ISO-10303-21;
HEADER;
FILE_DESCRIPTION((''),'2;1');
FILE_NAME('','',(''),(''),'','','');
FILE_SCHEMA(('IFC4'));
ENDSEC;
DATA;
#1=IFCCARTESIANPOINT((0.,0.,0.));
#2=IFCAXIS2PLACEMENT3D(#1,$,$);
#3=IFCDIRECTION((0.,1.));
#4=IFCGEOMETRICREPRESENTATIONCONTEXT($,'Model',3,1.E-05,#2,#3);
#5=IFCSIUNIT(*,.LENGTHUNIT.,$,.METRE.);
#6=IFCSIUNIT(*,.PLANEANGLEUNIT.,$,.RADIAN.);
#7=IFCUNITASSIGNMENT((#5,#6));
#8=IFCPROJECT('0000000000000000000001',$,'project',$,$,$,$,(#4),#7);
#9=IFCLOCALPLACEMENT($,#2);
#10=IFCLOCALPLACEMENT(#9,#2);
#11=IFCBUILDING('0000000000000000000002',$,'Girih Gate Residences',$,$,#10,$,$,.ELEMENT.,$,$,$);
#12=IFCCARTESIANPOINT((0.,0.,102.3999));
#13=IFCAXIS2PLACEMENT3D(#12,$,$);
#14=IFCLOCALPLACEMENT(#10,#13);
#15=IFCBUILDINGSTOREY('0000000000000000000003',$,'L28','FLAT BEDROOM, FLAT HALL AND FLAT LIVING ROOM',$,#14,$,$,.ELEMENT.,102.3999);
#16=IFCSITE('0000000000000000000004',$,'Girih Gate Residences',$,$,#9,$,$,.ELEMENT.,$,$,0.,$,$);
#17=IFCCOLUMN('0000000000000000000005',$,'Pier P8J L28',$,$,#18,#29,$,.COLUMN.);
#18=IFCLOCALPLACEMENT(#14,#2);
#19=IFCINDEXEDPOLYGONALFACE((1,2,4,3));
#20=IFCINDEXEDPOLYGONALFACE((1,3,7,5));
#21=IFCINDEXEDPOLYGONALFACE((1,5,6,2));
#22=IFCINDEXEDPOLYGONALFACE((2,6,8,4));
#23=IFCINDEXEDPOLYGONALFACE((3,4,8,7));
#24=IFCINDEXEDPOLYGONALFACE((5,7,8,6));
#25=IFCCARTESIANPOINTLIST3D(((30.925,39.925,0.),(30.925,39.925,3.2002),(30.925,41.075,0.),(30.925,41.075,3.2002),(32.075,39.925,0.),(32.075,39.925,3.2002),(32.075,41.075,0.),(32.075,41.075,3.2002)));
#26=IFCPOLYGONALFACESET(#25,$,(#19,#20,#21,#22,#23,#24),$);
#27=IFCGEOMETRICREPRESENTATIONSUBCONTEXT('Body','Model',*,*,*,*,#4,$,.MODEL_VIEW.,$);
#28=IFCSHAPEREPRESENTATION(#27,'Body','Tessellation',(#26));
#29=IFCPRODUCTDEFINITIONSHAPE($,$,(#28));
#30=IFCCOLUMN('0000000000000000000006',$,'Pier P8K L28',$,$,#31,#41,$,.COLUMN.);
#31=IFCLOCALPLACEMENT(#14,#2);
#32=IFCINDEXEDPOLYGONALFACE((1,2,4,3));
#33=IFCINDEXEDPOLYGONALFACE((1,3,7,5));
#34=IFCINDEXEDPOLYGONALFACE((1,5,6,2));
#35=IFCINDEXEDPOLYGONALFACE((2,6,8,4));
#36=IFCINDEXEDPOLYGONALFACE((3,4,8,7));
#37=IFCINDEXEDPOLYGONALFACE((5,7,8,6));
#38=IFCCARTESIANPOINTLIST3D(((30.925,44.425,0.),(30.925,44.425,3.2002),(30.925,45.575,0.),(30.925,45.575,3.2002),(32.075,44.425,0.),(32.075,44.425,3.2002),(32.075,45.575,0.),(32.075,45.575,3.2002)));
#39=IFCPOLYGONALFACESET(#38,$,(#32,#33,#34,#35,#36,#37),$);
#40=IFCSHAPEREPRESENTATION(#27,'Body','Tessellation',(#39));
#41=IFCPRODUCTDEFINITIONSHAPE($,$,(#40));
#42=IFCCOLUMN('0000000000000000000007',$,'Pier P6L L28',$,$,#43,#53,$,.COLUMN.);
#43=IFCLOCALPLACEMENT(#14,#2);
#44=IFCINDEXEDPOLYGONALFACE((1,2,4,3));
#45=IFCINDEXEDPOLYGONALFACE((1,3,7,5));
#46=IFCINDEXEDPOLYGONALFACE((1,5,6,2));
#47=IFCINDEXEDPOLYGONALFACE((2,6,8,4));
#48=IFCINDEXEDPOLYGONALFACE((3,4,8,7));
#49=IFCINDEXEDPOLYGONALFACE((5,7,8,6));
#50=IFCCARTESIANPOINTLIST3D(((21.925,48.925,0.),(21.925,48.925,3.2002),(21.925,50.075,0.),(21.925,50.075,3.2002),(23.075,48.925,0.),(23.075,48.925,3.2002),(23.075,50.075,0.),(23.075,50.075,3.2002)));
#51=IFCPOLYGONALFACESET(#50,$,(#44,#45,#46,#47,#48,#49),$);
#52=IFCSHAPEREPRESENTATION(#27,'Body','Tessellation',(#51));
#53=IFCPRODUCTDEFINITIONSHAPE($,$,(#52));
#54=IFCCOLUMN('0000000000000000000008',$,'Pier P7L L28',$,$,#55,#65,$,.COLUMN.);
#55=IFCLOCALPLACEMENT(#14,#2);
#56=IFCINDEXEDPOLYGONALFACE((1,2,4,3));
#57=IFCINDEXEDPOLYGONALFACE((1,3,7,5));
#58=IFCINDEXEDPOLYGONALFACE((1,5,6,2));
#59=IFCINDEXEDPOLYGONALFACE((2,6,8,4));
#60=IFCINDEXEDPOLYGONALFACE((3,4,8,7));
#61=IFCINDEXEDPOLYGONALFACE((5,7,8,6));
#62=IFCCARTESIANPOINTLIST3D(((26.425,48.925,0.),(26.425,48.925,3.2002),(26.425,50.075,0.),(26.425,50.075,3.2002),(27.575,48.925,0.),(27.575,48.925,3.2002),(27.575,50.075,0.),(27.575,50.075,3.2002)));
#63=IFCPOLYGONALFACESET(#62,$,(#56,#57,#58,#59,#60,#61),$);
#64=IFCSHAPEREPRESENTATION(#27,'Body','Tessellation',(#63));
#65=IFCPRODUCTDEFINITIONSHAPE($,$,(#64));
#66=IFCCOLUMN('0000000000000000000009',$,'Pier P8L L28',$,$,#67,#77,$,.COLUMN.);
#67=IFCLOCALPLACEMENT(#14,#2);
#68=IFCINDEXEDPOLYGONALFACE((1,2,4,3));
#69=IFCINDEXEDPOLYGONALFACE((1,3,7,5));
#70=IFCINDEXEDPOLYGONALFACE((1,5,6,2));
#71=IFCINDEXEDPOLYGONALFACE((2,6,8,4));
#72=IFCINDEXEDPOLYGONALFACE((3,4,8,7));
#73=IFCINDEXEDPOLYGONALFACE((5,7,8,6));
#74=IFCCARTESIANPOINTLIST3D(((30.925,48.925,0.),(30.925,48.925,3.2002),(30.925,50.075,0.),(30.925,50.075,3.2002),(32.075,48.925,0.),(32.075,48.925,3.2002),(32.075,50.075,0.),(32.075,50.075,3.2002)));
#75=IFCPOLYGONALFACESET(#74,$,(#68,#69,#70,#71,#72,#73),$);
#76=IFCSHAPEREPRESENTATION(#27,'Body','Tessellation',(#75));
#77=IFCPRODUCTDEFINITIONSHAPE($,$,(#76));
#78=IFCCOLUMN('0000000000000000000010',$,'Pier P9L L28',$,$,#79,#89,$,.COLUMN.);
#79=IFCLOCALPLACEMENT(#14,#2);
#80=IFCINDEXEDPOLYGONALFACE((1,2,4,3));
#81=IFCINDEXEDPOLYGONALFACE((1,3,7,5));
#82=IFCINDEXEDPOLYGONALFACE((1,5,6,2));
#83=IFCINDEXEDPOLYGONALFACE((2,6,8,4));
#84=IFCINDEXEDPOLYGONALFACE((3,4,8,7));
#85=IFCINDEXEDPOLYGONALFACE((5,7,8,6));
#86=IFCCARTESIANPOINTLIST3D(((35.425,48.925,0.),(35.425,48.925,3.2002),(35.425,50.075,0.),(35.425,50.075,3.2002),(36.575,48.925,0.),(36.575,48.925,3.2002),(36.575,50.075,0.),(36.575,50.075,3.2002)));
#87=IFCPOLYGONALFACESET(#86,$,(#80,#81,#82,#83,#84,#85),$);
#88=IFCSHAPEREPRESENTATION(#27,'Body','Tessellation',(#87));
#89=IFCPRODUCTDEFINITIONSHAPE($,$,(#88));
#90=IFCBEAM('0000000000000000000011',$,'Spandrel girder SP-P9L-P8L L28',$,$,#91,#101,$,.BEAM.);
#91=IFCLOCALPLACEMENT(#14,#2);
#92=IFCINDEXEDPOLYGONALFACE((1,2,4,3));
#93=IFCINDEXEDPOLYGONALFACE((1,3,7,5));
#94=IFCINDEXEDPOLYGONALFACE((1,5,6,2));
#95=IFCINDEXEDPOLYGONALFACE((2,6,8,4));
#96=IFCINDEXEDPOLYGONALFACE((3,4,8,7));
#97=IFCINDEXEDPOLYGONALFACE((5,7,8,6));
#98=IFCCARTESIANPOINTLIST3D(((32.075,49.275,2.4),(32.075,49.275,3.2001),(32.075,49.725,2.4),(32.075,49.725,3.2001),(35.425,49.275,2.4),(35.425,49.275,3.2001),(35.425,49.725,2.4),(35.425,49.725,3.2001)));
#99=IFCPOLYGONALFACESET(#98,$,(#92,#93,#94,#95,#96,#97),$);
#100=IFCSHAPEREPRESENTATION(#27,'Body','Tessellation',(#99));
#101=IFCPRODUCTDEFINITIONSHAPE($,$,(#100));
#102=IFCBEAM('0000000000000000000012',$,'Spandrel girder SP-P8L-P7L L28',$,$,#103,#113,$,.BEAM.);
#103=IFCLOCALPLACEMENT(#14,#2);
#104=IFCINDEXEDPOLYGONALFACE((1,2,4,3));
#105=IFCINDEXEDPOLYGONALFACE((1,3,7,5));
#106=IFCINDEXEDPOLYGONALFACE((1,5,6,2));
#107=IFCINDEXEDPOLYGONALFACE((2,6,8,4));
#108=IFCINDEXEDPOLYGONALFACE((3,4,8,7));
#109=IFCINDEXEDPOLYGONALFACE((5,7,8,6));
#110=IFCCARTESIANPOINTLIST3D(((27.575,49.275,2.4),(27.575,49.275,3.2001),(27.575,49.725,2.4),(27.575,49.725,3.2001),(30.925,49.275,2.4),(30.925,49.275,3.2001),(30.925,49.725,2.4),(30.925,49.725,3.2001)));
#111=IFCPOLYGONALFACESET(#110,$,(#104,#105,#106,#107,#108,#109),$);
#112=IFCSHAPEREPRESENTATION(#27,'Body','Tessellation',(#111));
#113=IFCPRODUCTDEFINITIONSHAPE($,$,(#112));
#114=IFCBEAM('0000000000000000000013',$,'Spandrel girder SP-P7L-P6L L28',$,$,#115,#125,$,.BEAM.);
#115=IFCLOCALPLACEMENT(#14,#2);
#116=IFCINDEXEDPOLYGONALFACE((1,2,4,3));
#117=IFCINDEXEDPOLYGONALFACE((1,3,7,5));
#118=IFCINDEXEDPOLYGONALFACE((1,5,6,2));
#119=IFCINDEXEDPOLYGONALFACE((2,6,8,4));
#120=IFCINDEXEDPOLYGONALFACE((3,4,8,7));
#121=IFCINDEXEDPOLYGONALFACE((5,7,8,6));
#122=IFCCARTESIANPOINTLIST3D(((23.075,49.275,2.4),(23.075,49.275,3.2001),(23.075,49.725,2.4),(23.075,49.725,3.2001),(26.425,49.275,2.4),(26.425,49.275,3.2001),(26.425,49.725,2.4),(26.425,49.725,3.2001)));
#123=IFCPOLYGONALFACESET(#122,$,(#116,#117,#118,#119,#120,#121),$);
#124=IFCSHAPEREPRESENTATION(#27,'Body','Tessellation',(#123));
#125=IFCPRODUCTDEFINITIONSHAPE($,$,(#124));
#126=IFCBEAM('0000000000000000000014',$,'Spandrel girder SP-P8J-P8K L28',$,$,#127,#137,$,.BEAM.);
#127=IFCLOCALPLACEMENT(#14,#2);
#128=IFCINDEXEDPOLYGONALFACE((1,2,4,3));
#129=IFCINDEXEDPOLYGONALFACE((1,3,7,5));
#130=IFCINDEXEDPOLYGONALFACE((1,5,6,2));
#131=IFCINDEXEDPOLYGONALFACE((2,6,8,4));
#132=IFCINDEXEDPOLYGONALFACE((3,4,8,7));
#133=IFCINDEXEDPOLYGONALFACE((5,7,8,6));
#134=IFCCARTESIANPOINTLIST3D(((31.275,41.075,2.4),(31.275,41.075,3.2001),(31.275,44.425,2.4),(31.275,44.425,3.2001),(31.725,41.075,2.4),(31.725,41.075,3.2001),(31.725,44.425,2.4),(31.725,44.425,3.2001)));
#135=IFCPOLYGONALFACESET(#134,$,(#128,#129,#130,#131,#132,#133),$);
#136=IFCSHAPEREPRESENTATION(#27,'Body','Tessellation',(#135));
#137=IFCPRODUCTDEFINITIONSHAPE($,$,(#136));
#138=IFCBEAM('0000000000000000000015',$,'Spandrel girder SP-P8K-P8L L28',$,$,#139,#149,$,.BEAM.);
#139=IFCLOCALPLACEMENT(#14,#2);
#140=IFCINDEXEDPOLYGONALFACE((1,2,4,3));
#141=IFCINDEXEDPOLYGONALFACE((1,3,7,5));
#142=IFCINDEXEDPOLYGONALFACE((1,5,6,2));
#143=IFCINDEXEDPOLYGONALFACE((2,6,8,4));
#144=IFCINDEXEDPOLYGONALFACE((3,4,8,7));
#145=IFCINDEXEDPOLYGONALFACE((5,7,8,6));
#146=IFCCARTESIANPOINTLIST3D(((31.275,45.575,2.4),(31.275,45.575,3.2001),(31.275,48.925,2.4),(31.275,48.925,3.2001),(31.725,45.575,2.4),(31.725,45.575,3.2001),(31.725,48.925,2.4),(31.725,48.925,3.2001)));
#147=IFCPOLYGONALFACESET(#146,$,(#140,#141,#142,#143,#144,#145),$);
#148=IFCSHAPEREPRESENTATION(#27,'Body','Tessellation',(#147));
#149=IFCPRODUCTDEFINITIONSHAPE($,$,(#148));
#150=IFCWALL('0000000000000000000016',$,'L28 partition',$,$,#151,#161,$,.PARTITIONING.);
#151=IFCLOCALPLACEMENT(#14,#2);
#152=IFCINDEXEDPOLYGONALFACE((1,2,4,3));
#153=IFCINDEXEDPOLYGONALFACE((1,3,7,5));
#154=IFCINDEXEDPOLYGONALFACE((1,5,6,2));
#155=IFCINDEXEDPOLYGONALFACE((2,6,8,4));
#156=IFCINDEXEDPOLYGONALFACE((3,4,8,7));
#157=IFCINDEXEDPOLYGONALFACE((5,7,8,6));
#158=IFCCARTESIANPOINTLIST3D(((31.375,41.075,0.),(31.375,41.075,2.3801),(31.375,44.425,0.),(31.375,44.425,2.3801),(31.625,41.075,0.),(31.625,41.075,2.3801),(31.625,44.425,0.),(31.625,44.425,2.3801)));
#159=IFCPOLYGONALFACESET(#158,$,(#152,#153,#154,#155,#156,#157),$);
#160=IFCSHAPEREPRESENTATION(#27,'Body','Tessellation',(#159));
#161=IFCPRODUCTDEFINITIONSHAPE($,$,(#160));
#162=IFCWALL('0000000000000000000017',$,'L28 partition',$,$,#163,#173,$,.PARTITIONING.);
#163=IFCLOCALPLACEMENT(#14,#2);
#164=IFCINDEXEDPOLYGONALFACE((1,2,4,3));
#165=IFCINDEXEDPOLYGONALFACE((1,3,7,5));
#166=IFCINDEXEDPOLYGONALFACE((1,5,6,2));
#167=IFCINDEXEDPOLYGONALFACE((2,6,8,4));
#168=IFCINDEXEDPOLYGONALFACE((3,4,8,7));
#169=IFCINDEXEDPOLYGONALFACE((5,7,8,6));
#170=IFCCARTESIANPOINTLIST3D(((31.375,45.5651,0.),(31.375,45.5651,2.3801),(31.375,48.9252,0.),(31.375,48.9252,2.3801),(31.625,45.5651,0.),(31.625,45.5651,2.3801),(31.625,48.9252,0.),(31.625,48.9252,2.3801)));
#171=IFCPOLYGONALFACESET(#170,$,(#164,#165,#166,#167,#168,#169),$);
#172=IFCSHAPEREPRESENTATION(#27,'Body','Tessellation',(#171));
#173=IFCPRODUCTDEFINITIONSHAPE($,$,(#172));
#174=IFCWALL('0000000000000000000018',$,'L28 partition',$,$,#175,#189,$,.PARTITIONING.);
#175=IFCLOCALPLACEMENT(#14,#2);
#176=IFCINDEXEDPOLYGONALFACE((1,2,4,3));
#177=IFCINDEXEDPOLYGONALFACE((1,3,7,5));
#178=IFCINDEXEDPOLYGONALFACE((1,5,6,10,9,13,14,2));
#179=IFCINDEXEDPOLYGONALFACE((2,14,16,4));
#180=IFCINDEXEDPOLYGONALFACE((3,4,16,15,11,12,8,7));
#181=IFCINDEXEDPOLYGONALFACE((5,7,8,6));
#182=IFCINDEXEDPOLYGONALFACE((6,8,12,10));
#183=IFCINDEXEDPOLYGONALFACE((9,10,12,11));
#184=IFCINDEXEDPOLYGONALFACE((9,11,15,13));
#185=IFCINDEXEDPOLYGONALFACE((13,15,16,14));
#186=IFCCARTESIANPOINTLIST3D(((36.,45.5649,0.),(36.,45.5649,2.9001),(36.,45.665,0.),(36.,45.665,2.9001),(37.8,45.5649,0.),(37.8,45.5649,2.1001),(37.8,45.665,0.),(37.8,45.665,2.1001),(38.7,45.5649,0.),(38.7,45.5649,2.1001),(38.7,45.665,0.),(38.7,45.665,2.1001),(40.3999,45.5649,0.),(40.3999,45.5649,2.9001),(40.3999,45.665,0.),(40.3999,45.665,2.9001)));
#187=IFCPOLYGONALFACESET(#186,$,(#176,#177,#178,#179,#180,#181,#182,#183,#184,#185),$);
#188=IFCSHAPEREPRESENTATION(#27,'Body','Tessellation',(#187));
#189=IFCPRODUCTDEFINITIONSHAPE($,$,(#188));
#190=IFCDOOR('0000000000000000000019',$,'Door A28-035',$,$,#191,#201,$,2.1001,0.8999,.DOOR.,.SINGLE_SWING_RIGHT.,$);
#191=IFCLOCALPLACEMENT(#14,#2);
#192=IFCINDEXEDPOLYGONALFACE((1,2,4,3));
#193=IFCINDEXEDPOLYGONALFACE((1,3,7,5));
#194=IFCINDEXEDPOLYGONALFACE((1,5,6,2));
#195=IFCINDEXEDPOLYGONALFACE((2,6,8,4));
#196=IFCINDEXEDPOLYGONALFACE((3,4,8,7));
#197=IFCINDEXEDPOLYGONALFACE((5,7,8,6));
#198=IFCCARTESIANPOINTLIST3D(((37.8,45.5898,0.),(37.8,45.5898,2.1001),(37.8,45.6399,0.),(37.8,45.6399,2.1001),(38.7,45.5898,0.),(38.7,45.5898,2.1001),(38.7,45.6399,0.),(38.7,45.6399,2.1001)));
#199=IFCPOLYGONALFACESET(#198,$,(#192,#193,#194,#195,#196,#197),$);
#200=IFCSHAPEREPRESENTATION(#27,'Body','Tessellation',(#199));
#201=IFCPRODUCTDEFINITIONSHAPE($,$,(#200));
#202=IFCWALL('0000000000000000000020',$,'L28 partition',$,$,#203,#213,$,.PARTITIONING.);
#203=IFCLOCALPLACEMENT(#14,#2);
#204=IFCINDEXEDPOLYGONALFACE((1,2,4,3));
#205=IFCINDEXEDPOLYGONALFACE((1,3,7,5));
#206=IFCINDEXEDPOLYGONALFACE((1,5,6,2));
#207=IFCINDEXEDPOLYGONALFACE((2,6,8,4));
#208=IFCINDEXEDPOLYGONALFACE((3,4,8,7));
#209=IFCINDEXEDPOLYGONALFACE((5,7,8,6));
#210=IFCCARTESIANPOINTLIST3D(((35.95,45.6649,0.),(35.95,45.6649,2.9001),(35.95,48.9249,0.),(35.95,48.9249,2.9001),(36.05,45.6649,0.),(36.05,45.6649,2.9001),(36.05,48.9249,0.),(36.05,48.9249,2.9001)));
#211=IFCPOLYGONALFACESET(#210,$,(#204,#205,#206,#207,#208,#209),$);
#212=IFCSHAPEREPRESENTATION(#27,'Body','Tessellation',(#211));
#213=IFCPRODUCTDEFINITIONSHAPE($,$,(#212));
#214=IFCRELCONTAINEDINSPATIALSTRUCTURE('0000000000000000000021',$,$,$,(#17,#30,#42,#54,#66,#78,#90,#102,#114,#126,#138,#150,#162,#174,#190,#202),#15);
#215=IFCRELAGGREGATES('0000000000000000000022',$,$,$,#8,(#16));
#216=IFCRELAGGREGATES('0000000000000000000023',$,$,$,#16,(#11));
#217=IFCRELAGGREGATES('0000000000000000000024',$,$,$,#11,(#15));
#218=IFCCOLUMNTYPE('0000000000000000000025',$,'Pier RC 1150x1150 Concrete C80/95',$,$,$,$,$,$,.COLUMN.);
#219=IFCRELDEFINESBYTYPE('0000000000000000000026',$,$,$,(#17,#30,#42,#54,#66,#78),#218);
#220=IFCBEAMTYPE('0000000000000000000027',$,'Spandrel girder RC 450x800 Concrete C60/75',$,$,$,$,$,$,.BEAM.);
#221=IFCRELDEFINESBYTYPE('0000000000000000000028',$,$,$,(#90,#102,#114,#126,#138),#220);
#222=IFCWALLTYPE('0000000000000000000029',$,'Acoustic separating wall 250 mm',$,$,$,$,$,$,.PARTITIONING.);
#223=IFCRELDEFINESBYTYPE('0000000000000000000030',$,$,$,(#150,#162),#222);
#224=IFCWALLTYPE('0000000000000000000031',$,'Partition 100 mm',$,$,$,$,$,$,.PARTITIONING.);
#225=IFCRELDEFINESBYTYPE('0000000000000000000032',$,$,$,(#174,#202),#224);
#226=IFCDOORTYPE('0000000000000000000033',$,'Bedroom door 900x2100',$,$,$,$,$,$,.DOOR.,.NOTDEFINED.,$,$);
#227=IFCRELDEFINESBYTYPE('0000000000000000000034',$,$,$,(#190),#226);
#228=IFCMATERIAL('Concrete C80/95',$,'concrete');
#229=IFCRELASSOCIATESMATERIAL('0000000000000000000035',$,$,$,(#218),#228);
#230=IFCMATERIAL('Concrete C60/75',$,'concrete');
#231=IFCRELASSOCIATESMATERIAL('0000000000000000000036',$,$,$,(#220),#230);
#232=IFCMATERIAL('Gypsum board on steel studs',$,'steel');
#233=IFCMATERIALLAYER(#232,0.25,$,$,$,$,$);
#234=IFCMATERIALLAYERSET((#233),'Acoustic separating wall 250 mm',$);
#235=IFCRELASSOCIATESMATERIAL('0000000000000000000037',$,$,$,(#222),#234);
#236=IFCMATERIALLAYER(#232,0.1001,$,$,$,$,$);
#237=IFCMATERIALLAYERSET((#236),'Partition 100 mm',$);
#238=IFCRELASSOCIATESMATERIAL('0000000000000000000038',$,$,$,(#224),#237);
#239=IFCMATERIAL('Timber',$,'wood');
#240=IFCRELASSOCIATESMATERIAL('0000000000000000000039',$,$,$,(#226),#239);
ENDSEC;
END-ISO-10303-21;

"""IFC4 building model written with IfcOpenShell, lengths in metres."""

from ifc_helpers import new_model, si_unit, direction, frame, frame_2d, origin, origin_2d, place, context, subcontext, project, spatial, rectangle, extrude, material, layer, layer_set, material_profile, profile_set, type_object, element, fill, save


model = new_model("IFC4")

# Units and contexts
model_context = context("Model", 3, precision=1e-05, world=origin(), true_north=direction((0.0, 1.0)))
body_context = subcontext(model_context, "Body", "Model", "MODEL_VIEW")
ifc_project = project(units=[si_unit("LENGTHUNIT", "METRE"), si_unit("PLANEANGLEUNIT", "RADIAN")], contexts=[model_context])

# Site, building, storey
site_placement = place(None, origin())
site = spatial("IfcSite", under=ifc_project, at=site_placement, Name="Girih Gate Residences", CompositionType="ELEMENT", RefElevation=0.0)
building_placement = place(site_placement, origin())
building = spatial("IfcBuilding", under=site, at=building_placement, Name="Girih Gate Residences", CompositionType="ELEMENT")
storey_placement = place(building_placement, frame((0.0, 0.0, 102.3999)))
storey = spatial("IfcBuildingStorey", under=building, at=storey_placement, Name="L28", Description="FLAT BEDROOM, FLAT HALL AND FLAT LIVING ROOM", CompositionType="ELEMENT", Elevation=102.3999)

# Columns
ifc_material_1 = material(Name="Concrete C80/95", Category="concrete")
ifc_material_profile_1 = material_profile(ifc_material_1, rectangle(XDim=1.1499, YDim=1.1499, at=origin_2d()))
ifc_profile_set_1 = profile_set([ifc_material_profile_1], Name="Concrete C80/95")
column_type = type_object("IfcColumnType", Name="Pier RC 1150x1150 Concrete C80/95", PredefinedType="COLUMN", material=ifc_profile_set_1)
for number, where, z_axis, x_axis, name in (
    (1, (31.5, 40.5, 0.0), (0.0, 0.0, 1.0), (1.0, 0.0, 0.0), "Pier P8J L28"),
    (2, (31.5, 45.0, 0.0), (0.0, 0.0, 1.0), (1.0, 0.0, 0.0), "Pier P8K L28"),
    (3, (22.5, 49.5, 0.0), (0.0, 0.0, 1.0), (1.0, 0.0, 0.0), "Pier P6L L28"),
    (4, (27.0, 49.5, 0.0), (0.0, 0.0, 1.0), (1.0, 0.0, 0.0), "Pier P7L L28"),
    (5, (31.5, 49.5, 0.0), (0.0, 0.0, 1.0), (1.0, 0.0, 0.0), "Pier P8L L28"),
    (6, (36.0, 49.5, 0.0), (0.0, 0.0, 1.0), (1.0, 0.0, 0.0), "Pier P9L L28"),
):
    element("IfcColumn", number, at=place(storey_placement, frame(where, z_axis=z_axis, x_axis=x_axis)), inside=storey, type_object=column_type, Name=name, PredefinedType="COLUMN", context=body_context, shape_type="SweptSolid", body=[
        extrude(rectangle(XDim=1.1499, YDim=1.1499, at=origin_2d()), origin(), (0.0, 0.0, 1.0), 3.2002),
    ])

# Beams
ifc_material_2 = material(Name="Concrete C60/75", Category="concrete")
ifc_material_profile_2 = material_profile(ifc_material_2, rectangle(XDim=0.45, YDim=0.8, at=origin_2d()))
ifc_profile_set_2 = profile_set([ifc_material_profile_2], Name="Concrete C60/75")
beam_type = type_object("IfcBeamType", Name="Spandrel girder RC 450x800 Concrete C60/75", PredefinedType="BEAM", material=ifc_profile_set_2)
for number, where, z_axis, x_axis, name in (
    (7, (35.425, 49.5, 2.8), (-1.0, 0.0, 0.0), (0.0, -1.0, 0.0), "Spandrel girder SP-P9L-P8L L28"),
    (8, (30.925, 49.5, 2.8), (-1.0, 0.0, 0.0), (0.0, -1.0, 0.0), "Spandrel girder SP-P8L-P7L L28"),
    (9, (26.425, 49.5, 2.8), (-1.0, 0.0, 0.0), (0.0, -1.0, 0.0), "Spandrel girder SP-P7L-P6L L28"),
    (10, (31.5, 41.075, 2.8), (0.0, 1.0, 0.0), (-1.0, 0.0, 0.0), "Spandrel girder SP-P8J-P8K L28"),
    (11, (31.5, 45.575, 2.8), (0.0, 1.0, 0.0), (-1.0, 0.0, 0.0), "Spandrel girder SP-P8K-P8L L28"),
):
    element("IfcBeam", number, at=place(storey_placement, frame(where, z_axis=z_axis, x_axis=x_axis)), inside=storey, type_object=beam_type, Name=name, PredefinedType="BEAM", context=body_context, shape_type="SweptSolid", body=[
        extrude(rectangle(XDim=0.45, YDim=0.8, at=origin_2d()), origin(), (0.0, 0.0, 1.0), 3.3501),
    ])

# Walls
ifc_material_3 = material(Name="Gypsum board on steel studs", Category="steel")
ifc_layer_1 = layer(ifc_material_3, 0.25)
ifc_layer_set_1 = layer_set([ifc_layer_1], Name="Acoustic separating wall 250 mm")
wall_type_1 = type_object("IfcWallType", Name="Acoustic separating wall 250 mm", PredefinedType="PARTITIONING", material=ifc_layer_set_1)
wall_1_placement = place(storey_placement, frame((31.5, 41.075, 0.0), z_axis=(0.0, 0.0, 1.0), x_axis=(0.0, 1.0, 0.0)))
element("IfcWall", 12, at=wall_1_placement, inside=storey, type_object=wall_type_1, Name="L28 partition", PredefinedType="PARTITIONING", context=body_context, shape_type="SweptSolid", body=[
    extrude(rectangle(XDim=3.3501, YDim=0.25, at=frame_2d((1.675, 0.0))), origin(), (0.0, 0.0, 1.0), 2.3801),
])
wall_2_placement = place(storey_placement, frame((31.5, 45.5649, 0.0), z_axis=(0.0, 0.0, 1.0), x_axis=(0.0, 1.0, 0.0)))
element("IfcWall", 13, at=wall_2_placement, inside=storey, type_object=wall_type_1, Name="L28 partition", PredefinedType="PARTITIONING", context=body_context, shape_type="SweptSolid", body=[
    extrude(rectangle(XDim=3.3601, YDim=0.25, at=frame_2d((1.6802, 0.0))), origin(), (0.0, 0.0, 1.0), 2.3801),
])

# Wall, opening, door
ifc_layer_2 = layer(ifc_material_3, 0.1001)
ifc_layer_set_2 = layer_set([ifc_layer_2], Name="Partition 100 mm")
wall_type_2 = type_object("IfcWallType", Name="Partition 100 mm", PredefinedType="PARTITIONING", material=ifc_layer_set_2)
wall_3_placement = place(storey_placement, frame((36.0, 45.615, 0.0), z_axis=(0.0, 0.0, 1.0), x_axis=(1.0, 0.0, 0.0)))
wall_3 = element("IfcWall", 14, at=wall_3_placement, inside=storey, type_object=wall_type_2, Name="L28 partition", PredefinedType="PARTITIONING", context=body_context, shape_type="SweptSolid", body=[
    extrude(rectangle(XDim=4.3999, YDim=0.1001, at=frame_2d((2.2, 0.0))), origin(), (0.0, 0.0, 1.0), 2.9001),
])
opening_1_placement = place(wall_3_placement, frame((1.8, 0.0, 0.0)))
opening_1 = element("IfcOpeningElement", 15, at=opening_1_placement, cuts=wall_3, PredefinedType="OPENING", context=body_context, shape_type="SweptSolid", body=[
    extrude(rectangle(XDim=0.8999, YDim=2.1001, at=frame_2d((0.45, 1.05))), frame((0.0, 0.0601, 0.0), z_axis=(0.0, -1.0, 0.0), x_axis=(1.0, 0.0, 0.0)), (0.0, 0.0, 1.0), 0.1201),
])
ifc_material_4 = material(Name="Timber", Category="wood")
door_type_1 = type_object("IfcDoorType", Name="Bedroom door 900x2100", OperationType="NOTDEFINED", PredefinedType="DOOR", material=ifc_material_4)
door_1_placement = place(opening_1_placement, origin())
door_1 = element("IfcDoor", 16, at=door_1_placement, inside=storey, type_object=door_type_1, Name="Door A28-035", OperationType="SINGLE_SWING_RIGHT", OverallHeight=2.1001, OverallWidth=0.8999, PredefinedType="DOOR", context=body_context, shape_type="SweptSolid", body=[
    extrude(rectangle(XDim=0.8999, YDim=2.1001, at=frame_2d((0.45, 1.05))), frame((0.0, 0.0249, 0.0), z_axis=(0.0, -1.0, 0.0), x_axis=(1.0, 0.0, 0.0)), (0.0, 0.0, 1.0), 0.05),
])
fill(opening_1, door_1)

# Wall
wall_4_placement = place(storey_placement, frame((36.0, 45.665, 0.0), z_axis=(0.0, 0.0, 1.0), x_axis=(0.0, 1.0, 0.0)))
element("IfcWall", 17, at=wall_4_placement, inside=storey, type_object=wall_type_2, Name="L28 partition", PredefinedType="PARTITIONING", context=body_context, shape_type="SweptSolid", body=[
    extrude(rectangle(XDim=3.26, YDim=0.1001, at=frame_2d((1.6299, 0.0))), origin(), (0.0, 0.0, 1.0), 2.9001),
])

save(model, "model.ifc")
